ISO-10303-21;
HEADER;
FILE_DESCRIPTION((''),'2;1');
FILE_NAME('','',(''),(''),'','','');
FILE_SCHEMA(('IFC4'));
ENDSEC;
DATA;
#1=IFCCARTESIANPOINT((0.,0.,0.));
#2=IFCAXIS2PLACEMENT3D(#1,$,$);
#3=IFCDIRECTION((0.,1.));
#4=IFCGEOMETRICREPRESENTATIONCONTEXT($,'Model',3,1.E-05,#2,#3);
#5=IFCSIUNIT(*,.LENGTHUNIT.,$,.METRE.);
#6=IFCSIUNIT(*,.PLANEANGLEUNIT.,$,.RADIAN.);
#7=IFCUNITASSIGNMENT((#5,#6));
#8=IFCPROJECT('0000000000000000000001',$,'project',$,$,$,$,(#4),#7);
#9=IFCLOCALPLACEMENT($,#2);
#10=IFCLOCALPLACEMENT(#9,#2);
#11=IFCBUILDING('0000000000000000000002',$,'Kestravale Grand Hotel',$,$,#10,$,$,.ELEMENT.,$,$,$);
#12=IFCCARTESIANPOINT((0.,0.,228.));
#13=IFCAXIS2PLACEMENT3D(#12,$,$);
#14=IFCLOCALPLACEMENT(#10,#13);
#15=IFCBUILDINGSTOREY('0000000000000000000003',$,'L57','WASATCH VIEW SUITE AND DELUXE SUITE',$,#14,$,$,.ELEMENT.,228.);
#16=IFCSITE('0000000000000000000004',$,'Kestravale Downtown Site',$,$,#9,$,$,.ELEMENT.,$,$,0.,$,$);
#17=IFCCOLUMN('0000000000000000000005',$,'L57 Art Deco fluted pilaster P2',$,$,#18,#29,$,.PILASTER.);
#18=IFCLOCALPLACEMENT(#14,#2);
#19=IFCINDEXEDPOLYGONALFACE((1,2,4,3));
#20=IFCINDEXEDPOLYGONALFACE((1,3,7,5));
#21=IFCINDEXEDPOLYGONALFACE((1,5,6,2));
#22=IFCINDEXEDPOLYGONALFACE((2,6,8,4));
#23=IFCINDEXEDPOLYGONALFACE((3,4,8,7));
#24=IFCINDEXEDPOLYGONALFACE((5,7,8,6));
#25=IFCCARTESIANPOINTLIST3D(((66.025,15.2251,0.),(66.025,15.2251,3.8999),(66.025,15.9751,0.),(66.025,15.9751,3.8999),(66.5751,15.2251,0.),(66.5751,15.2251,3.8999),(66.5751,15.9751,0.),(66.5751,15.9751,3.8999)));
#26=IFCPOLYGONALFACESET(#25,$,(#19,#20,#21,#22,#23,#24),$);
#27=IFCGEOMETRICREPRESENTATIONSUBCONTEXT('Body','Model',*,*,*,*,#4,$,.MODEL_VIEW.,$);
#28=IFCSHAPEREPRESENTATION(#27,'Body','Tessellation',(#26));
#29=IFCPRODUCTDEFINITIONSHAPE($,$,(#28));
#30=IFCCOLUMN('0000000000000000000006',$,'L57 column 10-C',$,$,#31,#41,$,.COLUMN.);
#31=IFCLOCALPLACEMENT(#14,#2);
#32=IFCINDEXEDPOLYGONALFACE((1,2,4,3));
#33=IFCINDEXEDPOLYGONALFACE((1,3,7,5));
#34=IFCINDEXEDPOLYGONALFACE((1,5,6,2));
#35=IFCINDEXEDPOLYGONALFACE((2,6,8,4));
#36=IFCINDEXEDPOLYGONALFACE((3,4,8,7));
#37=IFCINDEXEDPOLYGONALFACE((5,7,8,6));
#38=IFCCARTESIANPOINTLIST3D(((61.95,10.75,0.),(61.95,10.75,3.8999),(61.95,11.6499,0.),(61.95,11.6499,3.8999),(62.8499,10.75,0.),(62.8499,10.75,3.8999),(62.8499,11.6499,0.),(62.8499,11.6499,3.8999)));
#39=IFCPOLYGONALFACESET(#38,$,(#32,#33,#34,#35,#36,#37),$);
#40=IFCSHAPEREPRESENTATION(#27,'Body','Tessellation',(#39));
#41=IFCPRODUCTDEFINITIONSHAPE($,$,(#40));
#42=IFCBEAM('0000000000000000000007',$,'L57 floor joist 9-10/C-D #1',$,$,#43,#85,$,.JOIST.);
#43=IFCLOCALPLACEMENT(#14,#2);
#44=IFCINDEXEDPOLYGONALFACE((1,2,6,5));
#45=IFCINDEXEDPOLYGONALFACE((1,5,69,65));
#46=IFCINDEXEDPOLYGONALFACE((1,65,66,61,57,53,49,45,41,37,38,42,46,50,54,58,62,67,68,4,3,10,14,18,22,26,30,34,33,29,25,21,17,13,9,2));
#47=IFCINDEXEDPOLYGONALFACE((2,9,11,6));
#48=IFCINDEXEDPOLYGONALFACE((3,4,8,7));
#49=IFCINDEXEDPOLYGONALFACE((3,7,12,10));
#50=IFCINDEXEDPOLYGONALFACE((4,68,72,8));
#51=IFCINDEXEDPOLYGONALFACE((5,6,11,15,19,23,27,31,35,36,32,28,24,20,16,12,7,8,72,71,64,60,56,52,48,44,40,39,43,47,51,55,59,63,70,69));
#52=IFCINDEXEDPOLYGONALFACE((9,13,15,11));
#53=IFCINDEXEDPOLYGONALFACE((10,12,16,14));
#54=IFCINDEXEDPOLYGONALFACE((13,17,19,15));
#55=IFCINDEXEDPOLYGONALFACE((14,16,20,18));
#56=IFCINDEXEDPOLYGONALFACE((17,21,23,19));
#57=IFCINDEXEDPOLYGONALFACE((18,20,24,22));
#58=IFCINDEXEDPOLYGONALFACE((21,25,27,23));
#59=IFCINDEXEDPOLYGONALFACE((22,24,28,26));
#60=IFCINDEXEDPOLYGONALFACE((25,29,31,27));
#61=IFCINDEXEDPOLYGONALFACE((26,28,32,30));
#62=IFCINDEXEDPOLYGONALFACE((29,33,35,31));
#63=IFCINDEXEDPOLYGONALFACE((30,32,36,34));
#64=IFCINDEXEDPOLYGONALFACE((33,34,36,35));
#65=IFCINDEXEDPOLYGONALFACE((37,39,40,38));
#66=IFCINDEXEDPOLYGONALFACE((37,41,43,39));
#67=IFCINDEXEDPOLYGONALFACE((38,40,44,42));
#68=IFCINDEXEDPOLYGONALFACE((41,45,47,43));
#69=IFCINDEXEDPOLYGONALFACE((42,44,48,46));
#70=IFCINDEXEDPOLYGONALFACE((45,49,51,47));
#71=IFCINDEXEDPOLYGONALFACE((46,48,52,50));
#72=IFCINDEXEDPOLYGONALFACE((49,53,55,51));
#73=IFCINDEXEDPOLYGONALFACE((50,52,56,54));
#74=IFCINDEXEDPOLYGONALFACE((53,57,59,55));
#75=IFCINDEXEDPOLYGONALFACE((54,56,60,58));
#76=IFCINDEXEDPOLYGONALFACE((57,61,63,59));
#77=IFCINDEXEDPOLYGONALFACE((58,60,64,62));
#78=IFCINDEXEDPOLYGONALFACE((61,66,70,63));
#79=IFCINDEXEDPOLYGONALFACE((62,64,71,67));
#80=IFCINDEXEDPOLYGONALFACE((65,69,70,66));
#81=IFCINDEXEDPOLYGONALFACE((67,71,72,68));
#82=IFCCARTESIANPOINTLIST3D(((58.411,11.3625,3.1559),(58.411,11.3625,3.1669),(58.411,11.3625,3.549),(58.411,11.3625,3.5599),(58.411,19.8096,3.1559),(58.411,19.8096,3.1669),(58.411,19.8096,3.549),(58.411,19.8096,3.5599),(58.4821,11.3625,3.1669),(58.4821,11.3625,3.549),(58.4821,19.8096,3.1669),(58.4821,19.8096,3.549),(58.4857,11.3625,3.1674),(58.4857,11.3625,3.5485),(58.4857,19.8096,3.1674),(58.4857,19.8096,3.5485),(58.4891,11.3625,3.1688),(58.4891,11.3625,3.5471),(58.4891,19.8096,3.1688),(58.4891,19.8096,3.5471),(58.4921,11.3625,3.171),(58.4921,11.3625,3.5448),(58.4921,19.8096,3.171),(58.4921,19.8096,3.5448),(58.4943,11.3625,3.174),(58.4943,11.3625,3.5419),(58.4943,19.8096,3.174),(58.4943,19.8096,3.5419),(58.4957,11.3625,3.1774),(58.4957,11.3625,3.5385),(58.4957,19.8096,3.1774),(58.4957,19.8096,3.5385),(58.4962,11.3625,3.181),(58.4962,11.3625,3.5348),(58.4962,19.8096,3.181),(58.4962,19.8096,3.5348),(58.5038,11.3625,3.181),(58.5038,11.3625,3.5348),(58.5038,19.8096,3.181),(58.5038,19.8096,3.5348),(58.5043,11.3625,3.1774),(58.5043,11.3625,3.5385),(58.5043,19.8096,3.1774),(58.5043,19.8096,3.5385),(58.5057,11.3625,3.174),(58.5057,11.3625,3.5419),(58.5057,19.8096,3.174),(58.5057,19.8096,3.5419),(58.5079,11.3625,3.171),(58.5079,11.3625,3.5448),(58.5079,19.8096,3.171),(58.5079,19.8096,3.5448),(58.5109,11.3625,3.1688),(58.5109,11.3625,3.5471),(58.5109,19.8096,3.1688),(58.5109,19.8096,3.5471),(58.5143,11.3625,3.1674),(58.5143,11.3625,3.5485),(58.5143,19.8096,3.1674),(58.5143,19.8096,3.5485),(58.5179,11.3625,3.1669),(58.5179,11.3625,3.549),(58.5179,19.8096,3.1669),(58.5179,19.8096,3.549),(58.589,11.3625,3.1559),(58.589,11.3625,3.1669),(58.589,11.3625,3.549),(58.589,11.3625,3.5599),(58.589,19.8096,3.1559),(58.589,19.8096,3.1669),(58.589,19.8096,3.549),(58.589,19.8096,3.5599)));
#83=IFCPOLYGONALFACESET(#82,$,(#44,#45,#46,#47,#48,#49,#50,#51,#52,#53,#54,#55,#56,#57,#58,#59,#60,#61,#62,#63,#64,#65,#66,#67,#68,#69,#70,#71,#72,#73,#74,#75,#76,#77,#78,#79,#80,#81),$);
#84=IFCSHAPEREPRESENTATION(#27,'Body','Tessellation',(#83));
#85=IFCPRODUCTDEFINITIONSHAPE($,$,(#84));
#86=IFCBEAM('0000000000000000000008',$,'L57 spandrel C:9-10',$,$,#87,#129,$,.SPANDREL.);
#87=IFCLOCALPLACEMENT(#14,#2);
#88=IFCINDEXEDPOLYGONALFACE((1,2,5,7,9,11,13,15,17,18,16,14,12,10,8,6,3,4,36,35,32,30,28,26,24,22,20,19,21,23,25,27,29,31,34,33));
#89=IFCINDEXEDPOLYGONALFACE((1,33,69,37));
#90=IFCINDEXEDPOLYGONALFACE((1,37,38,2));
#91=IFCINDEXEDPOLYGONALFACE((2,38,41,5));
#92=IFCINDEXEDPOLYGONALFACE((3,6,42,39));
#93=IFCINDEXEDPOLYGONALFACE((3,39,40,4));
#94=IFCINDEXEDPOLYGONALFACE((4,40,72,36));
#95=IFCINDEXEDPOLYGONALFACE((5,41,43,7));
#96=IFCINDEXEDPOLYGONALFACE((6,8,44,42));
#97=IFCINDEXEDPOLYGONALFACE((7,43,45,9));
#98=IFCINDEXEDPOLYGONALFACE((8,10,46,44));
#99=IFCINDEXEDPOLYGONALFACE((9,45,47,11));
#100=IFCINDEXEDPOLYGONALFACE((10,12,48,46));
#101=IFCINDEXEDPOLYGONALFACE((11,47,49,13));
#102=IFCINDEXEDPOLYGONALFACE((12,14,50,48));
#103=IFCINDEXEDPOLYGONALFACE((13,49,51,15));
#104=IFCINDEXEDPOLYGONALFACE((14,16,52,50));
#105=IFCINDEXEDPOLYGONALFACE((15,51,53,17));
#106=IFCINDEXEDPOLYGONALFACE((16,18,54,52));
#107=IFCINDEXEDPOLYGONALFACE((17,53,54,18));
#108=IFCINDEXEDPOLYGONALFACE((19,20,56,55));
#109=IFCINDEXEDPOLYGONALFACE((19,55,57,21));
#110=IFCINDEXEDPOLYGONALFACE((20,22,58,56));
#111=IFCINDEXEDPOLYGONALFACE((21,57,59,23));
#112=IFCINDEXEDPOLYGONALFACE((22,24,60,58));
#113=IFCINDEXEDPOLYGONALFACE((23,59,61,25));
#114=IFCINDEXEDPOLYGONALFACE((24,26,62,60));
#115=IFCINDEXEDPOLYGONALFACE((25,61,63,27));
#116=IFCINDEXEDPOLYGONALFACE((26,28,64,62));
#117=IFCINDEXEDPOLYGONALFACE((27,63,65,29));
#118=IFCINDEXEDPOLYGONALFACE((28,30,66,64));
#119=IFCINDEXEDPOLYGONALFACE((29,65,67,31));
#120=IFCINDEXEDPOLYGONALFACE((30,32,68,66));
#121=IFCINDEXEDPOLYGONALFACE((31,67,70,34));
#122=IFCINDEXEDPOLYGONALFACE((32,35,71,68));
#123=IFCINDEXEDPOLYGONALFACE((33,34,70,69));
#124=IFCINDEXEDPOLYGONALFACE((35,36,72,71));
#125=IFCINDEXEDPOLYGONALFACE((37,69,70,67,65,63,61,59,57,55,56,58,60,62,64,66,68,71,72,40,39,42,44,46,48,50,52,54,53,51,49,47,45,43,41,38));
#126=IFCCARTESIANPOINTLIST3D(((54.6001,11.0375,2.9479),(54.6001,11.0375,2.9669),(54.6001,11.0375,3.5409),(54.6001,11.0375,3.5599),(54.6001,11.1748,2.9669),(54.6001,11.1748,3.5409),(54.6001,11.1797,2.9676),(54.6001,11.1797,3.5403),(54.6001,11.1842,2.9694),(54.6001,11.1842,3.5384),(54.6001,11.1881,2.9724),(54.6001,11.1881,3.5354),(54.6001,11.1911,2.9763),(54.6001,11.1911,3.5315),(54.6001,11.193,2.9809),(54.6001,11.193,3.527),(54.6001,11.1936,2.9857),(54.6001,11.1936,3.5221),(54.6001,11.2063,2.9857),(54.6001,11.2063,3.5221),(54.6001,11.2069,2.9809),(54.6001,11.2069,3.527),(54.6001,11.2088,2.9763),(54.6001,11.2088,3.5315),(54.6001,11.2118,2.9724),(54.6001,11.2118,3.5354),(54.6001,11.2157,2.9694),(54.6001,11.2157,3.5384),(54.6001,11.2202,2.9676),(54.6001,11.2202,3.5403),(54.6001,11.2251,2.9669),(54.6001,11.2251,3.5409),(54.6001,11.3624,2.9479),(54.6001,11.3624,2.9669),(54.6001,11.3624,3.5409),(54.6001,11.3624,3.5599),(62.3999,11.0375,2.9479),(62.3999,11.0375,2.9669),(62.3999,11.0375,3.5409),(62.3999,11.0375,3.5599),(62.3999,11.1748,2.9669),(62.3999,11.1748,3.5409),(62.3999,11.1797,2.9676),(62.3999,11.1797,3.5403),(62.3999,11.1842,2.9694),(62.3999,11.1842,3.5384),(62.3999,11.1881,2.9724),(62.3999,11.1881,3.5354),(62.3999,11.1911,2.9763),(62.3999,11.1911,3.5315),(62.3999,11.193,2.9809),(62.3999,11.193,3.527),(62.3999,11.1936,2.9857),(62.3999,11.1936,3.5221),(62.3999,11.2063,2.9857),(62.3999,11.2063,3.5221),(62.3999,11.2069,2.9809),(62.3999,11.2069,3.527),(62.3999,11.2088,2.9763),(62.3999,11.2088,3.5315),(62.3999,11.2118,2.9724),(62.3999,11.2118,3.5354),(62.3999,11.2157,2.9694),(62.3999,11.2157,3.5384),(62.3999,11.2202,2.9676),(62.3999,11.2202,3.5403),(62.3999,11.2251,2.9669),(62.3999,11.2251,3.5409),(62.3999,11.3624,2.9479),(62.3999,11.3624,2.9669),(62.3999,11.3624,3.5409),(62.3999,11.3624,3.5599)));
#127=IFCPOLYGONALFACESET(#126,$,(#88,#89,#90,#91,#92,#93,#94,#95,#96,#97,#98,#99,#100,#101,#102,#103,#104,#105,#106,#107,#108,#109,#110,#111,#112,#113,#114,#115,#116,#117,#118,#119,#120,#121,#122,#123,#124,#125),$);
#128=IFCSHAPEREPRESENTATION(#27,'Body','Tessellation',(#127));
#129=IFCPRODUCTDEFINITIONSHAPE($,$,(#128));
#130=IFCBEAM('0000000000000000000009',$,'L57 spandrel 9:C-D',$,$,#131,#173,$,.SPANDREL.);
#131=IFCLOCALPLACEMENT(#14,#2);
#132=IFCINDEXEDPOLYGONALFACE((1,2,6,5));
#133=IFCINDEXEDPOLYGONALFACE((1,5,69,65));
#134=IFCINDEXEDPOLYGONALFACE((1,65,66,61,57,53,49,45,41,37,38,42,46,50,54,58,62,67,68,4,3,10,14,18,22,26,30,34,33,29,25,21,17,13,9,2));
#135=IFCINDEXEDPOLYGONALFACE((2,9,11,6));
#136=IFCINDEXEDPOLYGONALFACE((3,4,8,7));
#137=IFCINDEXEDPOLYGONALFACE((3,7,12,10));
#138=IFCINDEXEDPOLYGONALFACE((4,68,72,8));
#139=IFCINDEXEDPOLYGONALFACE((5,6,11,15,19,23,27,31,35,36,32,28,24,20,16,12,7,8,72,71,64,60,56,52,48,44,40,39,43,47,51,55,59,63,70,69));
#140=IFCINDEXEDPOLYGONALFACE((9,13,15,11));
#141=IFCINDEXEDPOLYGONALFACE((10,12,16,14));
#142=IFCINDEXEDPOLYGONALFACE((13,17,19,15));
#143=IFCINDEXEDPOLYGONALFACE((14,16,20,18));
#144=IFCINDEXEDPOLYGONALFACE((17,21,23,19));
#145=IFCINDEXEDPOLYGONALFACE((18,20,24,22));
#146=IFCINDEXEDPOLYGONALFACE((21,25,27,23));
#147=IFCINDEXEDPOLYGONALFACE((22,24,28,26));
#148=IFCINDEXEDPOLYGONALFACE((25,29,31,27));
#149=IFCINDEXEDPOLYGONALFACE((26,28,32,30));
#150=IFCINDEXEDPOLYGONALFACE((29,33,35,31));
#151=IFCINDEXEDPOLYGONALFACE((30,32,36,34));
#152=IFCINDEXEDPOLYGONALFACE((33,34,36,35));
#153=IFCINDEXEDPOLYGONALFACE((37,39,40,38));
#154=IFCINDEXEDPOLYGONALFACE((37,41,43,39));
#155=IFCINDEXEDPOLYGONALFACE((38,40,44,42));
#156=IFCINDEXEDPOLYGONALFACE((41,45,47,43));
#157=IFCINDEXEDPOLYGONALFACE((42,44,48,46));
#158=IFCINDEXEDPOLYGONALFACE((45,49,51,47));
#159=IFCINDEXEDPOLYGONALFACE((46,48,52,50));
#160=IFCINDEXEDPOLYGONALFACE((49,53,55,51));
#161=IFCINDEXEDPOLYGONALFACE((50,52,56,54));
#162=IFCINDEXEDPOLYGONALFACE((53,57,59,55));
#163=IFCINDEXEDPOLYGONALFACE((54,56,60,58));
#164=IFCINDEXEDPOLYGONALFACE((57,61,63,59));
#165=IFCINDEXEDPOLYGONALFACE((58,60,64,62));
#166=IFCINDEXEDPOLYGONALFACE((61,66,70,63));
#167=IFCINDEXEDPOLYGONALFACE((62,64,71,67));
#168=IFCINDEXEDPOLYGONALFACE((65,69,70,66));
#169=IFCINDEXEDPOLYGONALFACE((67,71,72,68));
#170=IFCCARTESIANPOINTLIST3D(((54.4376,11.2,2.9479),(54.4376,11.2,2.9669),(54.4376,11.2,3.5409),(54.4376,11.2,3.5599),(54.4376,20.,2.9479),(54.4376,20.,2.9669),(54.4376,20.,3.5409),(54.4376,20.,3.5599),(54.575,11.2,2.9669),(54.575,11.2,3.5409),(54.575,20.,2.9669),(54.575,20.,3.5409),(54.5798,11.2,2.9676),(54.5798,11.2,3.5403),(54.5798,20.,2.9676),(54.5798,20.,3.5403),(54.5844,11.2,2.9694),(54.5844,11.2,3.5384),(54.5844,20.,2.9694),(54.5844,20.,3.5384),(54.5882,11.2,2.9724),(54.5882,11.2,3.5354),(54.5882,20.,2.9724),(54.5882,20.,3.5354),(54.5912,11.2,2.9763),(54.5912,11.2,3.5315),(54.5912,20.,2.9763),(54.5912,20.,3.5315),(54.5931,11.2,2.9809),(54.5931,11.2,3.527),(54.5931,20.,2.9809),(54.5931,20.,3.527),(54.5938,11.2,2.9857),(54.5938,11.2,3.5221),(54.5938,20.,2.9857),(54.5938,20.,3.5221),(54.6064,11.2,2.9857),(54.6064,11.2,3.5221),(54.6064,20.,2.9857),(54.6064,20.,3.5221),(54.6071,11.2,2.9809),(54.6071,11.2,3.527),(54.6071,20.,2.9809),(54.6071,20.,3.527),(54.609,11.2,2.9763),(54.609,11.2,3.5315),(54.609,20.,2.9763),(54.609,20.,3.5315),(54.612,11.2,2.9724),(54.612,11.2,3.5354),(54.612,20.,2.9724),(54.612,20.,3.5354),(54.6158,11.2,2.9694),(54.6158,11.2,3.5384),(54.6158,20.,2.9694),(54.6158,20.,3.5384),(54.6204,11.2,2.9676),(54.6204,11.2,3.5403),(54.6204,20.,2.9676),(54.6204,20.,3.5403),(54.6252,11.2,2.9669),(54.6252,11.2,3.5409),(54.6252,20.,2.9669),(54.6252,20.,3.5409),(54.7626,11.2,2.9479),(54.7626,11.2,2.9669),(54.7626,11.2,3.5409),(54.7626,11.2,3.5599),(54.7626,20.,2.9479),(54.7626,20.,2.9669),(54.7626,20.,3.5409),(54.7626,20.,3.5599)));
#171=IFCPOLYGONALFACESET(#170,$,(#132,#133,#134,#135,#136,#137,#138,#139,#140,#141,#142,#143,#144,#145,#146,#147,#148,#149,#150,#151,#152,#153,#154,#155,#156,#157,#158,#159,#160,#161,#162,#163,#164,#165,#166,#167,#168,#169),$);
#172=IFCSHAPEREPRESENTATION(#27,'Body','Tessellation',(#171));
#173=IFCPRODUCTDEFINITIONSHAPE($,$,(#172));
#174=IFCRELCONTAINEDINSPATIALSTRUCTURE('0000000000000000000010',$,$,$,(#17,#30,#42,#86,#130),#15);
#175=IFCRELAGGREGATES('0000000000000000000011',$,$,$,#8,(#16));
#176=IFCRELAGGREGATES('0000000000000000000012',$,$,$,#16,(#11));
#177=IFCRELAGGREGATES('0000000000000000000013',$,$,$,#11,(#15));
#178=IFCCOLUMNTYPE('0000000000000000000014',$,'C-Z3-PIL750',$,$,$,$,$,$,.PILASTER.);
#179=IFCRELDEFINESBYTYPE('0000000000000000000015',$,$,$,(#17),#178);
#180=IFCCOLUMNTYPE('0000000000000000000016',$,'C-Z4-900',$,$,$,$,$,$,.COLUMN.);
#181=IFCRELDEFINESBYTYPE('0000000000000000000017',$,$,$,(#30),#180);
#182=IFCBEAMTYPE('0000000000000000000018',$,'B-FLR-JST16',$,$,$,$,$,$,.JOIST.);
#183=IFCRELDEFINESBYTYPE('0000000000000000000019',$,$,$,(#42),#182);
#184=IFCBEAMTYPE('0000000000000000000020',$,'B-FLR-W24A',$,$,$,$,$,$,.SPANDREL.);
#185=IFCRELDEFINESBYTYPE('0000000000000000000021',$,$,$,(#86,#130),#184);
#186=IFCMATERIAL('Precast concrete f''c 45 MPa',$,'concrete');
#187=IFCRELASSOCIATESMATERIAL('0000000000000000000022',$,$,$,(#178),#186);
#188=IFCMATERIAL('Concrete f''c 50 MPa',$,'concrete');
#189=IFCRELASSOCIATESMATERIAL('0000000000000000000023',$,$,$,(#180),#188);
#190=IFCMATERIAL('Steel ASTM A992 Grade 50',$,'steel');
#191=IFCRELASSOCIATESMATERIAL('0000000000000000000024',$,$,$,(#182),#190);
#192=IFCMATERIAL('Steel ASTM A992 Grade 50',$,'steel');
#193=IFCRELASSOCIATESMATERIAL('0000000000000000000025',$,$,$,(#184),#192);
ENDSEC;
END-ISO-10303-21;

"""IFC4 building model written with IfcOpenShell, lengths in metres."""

from ifc_helpers import new_model, si_unit, direction, frame, origin, origin_2d, place, context, subcontext, project, spatial, rectangle, i_section, extrude, material, material_profile, profile_set, type_object, element, save


model = new_model("IFC4")

# Units and contexts
model_context = context("Model", 3, precision=1e-05, world=origin(), true_north=direction((0.0, 1.0)))
body_context = subcontext(model_context, "Body", "Model", "MODEL_VIEW")
ifc_project = project(units=[si_unit("LENGTHUNIT", "METRE"), si_unit("PLANEANGLEUNIT", "RADIAN")], contexts=[model_context])

# Site, building, storey
site_placement = place(None, origin())
site = spatial("IfcSite", under=ifc_project, at=site_placement, Name="Kestravale Downtown Site", CompositionType="ELEMENT", RefElevation=0.0)
building_placement = place(site_placement, origin())
building = spatial("IfcBuilding", under=site, at=building_placement, Name="Kestravale Grand Hotel", CompositionType="ELEMENT")
storey_placement = place(building_placement, frame((0.0, 0.0, 228.0)))
storey = spatial("IfcBuildingStorey", under=building, at=storey_placement, Name="L57", Description="WASATCH VIEW SUITE AND DELUXE SUITE", CompositionType="ELEMENT", Elevation=228.0)

# Columns
ifc_material_1 = material(Name="Precast concrete f'c 45 MPa", Category="concrete")
ifc_material_profile_1 = material_profile(ifc_material_1, rectangle(XDim=0.55, YDim=0.75, at=origin_2d()))
ifc_profile_set_1 = profile_set([ifc_material_profile_1], Name="Precast concrete f'c 45 MPa")
column_type_1 = type_object("IfcColumnType", Name="C-Z3-PIL750", PredefinedType="PILASTER", material=ifc_profile_set_1)
column_1_placement = place(storey_placement, frame((66.3, 15.6001, 0.0), z_axis=(0.0, 0.0, 1.0), x_axis=(1.0, 0.0, 0.0)))
element("IfcColumn", 1, at=column_1_placement, inside=storey, type_object=column_type_1, Name="L57 Art Deco fluted pilaster P2", PredefinedType="PILASTER", context=body_context, shape_type="SweptSolid", body=[
    extrude(rectangle(XDim=0.55, YDim=0.75, at=origin_2d()), origin(), (0.0, 0.0, 1.0), 3.8999),
])
ifc_material_2 = material(Name="Concrete f'c 50 MPa", Category="concrete")
ifc_material_profile_2 = material_profile(ifc_material_2, rectangle(XDim=0.8999, YDim=0.8999, at=origin_2d()))
ifc_profile_set_2 = profile_set([ifc_material_profile_2], Name="Concrete f'c 50 MPa")
column_type_2 = type_object("IfcColumnType", Name="C-Z4-900", PredefinedType="COLUMN", material=ifc_profile_set_2)
column_2_placement = place(storey_placement, frame((62.3999, 11.2, 0.0), z_axis=(0.0, 0.0, 1.0), x_axis=(1.0, 0.0, 0.0)))
element("IfcColumn", 2, at=column_2_placement, inside=storey, type_object=column_type_2, Name="L57 column 10-C", PredefinedType="COLUMN", context=body_context, shape_type="SweptSolid", body=[
    extrude(rectangle(XDim=0.8999, YDim=0.8999, at=origin_2d()), origin(), (0.0, 0.0, 1.0), 3.8999),
])

# Beams
ifc_material_3 = material(Name="Steel ASTM A992 Grade 50", Category="steel")
ifc_material_profile_3 = material_profile(ifc_material_3, i_section(OverallWidth=0.178, OverallDepth=0.4041, WebThickness=0.0076, FlangeThickness=0.011, FilletRadius=0.0142, at=origin_2d()))
ifc_profile_set_3 = profile_set([ifc_material_profile_3], Name="Steel ASTM A992 Grade 50")
beam_type_1 = type_object("IfcBeamType", Name="B-FLR-JST16", PredefinedType="JOIST", material=ifc_profile_set_3)
beam_1_placement = place(storey_placement, frame((58.5, 11.3625, 3.3579), z_axis=(0.0, 1.0, 0.0), x_axis=(-1.0, 0.0, 0.0)))
element("IfcBeam", 3, at=beam_1_placement, inside=storey, type_object=beam_type_1, Name="L57 floor joist 9-10/C-D #1", PredefinedType="JOIST", context=body_context, shape_type="SweptSolid", body=[
    extrude(i_section(OverallWidth=0.178, OverallDepth=0.4041, WebThickness=0.0076, FlangeThickness=0.011, FilletRadius=0.0142, at=origin_2d()), origin(), (0.0, 0.0, 1.0), 8.447),
])
ifc_material_4 = material(Name="Steel ASTM A992 Grade 50", Category="steel")
ifc_material_profile_4 = material_profile(ifc_material_4, i_section(OverallWidth=0.325, OverallDepth=0.6121, WebThickness=0.0127, FlangeThickness=0.019, FilletRadius=0.0188, at=origin_2d()))
ifc_profile_set_4 = profile_set([ifc_material_profile_4], Name="Steel ASTM A992 Grade 50")
beam_type_2 = type_object("IfcBeamType", Name="B-FLR-W24A", PredefinedType="SPANDREL", material=ifc_profile_set_4)
beam_2_placement = place(storey_placement, frame((54.6001, 11.2, 3.2539), z_axis=(1.0, 0.0, 0.0), x_axis=(0.0, 1.0, 0.0)))
element("IfcBeam", 4, at=beam_2_placement, inside=storey, type_object=beam_type_2, Name="L57 spandrel C:9-10", PredefinedType="SPANDREL", context=body_context, shape_type="SweptSolid", body=[
    extrude(i_section(OverallWidth=0.325, OverallDepth=0.6121, WebThickness=0.0127, FlangeThickness=0.019, FilletRadius=0.0188, at=origin_2d()), origin(), (0.0, 0.0, 1.0), 7.7998),
])
for number, where, z_axis, x_axis, name in (
    (5, (54.6001, 11.2, 3.2539), (0.0, 1.0, 0.0), (-1.0, 0.0, 0.0), "L57 spandrel 9:C-D"),
):
    element("IfcBeam", number, at=place(storey_placement, frame(where, z_axis=z_axis, x_axis=x_axis)), inside=storey, type_object=beam_type_2, Name=name, PredefinedType="SPANDREL", context=body_context, shape_type="SweptSolid", body=[
        extrude(i_section(OverallWidth=0.325, OverallDepth=0.6121, WebThickness=0.0127, FlangeThickness=0.019, FilletRadius=0.0188, at=origin_2d()), origin(), (0.0, 0.0, 1.0), 8.8),
    ])

save(model, "model.ifc")
